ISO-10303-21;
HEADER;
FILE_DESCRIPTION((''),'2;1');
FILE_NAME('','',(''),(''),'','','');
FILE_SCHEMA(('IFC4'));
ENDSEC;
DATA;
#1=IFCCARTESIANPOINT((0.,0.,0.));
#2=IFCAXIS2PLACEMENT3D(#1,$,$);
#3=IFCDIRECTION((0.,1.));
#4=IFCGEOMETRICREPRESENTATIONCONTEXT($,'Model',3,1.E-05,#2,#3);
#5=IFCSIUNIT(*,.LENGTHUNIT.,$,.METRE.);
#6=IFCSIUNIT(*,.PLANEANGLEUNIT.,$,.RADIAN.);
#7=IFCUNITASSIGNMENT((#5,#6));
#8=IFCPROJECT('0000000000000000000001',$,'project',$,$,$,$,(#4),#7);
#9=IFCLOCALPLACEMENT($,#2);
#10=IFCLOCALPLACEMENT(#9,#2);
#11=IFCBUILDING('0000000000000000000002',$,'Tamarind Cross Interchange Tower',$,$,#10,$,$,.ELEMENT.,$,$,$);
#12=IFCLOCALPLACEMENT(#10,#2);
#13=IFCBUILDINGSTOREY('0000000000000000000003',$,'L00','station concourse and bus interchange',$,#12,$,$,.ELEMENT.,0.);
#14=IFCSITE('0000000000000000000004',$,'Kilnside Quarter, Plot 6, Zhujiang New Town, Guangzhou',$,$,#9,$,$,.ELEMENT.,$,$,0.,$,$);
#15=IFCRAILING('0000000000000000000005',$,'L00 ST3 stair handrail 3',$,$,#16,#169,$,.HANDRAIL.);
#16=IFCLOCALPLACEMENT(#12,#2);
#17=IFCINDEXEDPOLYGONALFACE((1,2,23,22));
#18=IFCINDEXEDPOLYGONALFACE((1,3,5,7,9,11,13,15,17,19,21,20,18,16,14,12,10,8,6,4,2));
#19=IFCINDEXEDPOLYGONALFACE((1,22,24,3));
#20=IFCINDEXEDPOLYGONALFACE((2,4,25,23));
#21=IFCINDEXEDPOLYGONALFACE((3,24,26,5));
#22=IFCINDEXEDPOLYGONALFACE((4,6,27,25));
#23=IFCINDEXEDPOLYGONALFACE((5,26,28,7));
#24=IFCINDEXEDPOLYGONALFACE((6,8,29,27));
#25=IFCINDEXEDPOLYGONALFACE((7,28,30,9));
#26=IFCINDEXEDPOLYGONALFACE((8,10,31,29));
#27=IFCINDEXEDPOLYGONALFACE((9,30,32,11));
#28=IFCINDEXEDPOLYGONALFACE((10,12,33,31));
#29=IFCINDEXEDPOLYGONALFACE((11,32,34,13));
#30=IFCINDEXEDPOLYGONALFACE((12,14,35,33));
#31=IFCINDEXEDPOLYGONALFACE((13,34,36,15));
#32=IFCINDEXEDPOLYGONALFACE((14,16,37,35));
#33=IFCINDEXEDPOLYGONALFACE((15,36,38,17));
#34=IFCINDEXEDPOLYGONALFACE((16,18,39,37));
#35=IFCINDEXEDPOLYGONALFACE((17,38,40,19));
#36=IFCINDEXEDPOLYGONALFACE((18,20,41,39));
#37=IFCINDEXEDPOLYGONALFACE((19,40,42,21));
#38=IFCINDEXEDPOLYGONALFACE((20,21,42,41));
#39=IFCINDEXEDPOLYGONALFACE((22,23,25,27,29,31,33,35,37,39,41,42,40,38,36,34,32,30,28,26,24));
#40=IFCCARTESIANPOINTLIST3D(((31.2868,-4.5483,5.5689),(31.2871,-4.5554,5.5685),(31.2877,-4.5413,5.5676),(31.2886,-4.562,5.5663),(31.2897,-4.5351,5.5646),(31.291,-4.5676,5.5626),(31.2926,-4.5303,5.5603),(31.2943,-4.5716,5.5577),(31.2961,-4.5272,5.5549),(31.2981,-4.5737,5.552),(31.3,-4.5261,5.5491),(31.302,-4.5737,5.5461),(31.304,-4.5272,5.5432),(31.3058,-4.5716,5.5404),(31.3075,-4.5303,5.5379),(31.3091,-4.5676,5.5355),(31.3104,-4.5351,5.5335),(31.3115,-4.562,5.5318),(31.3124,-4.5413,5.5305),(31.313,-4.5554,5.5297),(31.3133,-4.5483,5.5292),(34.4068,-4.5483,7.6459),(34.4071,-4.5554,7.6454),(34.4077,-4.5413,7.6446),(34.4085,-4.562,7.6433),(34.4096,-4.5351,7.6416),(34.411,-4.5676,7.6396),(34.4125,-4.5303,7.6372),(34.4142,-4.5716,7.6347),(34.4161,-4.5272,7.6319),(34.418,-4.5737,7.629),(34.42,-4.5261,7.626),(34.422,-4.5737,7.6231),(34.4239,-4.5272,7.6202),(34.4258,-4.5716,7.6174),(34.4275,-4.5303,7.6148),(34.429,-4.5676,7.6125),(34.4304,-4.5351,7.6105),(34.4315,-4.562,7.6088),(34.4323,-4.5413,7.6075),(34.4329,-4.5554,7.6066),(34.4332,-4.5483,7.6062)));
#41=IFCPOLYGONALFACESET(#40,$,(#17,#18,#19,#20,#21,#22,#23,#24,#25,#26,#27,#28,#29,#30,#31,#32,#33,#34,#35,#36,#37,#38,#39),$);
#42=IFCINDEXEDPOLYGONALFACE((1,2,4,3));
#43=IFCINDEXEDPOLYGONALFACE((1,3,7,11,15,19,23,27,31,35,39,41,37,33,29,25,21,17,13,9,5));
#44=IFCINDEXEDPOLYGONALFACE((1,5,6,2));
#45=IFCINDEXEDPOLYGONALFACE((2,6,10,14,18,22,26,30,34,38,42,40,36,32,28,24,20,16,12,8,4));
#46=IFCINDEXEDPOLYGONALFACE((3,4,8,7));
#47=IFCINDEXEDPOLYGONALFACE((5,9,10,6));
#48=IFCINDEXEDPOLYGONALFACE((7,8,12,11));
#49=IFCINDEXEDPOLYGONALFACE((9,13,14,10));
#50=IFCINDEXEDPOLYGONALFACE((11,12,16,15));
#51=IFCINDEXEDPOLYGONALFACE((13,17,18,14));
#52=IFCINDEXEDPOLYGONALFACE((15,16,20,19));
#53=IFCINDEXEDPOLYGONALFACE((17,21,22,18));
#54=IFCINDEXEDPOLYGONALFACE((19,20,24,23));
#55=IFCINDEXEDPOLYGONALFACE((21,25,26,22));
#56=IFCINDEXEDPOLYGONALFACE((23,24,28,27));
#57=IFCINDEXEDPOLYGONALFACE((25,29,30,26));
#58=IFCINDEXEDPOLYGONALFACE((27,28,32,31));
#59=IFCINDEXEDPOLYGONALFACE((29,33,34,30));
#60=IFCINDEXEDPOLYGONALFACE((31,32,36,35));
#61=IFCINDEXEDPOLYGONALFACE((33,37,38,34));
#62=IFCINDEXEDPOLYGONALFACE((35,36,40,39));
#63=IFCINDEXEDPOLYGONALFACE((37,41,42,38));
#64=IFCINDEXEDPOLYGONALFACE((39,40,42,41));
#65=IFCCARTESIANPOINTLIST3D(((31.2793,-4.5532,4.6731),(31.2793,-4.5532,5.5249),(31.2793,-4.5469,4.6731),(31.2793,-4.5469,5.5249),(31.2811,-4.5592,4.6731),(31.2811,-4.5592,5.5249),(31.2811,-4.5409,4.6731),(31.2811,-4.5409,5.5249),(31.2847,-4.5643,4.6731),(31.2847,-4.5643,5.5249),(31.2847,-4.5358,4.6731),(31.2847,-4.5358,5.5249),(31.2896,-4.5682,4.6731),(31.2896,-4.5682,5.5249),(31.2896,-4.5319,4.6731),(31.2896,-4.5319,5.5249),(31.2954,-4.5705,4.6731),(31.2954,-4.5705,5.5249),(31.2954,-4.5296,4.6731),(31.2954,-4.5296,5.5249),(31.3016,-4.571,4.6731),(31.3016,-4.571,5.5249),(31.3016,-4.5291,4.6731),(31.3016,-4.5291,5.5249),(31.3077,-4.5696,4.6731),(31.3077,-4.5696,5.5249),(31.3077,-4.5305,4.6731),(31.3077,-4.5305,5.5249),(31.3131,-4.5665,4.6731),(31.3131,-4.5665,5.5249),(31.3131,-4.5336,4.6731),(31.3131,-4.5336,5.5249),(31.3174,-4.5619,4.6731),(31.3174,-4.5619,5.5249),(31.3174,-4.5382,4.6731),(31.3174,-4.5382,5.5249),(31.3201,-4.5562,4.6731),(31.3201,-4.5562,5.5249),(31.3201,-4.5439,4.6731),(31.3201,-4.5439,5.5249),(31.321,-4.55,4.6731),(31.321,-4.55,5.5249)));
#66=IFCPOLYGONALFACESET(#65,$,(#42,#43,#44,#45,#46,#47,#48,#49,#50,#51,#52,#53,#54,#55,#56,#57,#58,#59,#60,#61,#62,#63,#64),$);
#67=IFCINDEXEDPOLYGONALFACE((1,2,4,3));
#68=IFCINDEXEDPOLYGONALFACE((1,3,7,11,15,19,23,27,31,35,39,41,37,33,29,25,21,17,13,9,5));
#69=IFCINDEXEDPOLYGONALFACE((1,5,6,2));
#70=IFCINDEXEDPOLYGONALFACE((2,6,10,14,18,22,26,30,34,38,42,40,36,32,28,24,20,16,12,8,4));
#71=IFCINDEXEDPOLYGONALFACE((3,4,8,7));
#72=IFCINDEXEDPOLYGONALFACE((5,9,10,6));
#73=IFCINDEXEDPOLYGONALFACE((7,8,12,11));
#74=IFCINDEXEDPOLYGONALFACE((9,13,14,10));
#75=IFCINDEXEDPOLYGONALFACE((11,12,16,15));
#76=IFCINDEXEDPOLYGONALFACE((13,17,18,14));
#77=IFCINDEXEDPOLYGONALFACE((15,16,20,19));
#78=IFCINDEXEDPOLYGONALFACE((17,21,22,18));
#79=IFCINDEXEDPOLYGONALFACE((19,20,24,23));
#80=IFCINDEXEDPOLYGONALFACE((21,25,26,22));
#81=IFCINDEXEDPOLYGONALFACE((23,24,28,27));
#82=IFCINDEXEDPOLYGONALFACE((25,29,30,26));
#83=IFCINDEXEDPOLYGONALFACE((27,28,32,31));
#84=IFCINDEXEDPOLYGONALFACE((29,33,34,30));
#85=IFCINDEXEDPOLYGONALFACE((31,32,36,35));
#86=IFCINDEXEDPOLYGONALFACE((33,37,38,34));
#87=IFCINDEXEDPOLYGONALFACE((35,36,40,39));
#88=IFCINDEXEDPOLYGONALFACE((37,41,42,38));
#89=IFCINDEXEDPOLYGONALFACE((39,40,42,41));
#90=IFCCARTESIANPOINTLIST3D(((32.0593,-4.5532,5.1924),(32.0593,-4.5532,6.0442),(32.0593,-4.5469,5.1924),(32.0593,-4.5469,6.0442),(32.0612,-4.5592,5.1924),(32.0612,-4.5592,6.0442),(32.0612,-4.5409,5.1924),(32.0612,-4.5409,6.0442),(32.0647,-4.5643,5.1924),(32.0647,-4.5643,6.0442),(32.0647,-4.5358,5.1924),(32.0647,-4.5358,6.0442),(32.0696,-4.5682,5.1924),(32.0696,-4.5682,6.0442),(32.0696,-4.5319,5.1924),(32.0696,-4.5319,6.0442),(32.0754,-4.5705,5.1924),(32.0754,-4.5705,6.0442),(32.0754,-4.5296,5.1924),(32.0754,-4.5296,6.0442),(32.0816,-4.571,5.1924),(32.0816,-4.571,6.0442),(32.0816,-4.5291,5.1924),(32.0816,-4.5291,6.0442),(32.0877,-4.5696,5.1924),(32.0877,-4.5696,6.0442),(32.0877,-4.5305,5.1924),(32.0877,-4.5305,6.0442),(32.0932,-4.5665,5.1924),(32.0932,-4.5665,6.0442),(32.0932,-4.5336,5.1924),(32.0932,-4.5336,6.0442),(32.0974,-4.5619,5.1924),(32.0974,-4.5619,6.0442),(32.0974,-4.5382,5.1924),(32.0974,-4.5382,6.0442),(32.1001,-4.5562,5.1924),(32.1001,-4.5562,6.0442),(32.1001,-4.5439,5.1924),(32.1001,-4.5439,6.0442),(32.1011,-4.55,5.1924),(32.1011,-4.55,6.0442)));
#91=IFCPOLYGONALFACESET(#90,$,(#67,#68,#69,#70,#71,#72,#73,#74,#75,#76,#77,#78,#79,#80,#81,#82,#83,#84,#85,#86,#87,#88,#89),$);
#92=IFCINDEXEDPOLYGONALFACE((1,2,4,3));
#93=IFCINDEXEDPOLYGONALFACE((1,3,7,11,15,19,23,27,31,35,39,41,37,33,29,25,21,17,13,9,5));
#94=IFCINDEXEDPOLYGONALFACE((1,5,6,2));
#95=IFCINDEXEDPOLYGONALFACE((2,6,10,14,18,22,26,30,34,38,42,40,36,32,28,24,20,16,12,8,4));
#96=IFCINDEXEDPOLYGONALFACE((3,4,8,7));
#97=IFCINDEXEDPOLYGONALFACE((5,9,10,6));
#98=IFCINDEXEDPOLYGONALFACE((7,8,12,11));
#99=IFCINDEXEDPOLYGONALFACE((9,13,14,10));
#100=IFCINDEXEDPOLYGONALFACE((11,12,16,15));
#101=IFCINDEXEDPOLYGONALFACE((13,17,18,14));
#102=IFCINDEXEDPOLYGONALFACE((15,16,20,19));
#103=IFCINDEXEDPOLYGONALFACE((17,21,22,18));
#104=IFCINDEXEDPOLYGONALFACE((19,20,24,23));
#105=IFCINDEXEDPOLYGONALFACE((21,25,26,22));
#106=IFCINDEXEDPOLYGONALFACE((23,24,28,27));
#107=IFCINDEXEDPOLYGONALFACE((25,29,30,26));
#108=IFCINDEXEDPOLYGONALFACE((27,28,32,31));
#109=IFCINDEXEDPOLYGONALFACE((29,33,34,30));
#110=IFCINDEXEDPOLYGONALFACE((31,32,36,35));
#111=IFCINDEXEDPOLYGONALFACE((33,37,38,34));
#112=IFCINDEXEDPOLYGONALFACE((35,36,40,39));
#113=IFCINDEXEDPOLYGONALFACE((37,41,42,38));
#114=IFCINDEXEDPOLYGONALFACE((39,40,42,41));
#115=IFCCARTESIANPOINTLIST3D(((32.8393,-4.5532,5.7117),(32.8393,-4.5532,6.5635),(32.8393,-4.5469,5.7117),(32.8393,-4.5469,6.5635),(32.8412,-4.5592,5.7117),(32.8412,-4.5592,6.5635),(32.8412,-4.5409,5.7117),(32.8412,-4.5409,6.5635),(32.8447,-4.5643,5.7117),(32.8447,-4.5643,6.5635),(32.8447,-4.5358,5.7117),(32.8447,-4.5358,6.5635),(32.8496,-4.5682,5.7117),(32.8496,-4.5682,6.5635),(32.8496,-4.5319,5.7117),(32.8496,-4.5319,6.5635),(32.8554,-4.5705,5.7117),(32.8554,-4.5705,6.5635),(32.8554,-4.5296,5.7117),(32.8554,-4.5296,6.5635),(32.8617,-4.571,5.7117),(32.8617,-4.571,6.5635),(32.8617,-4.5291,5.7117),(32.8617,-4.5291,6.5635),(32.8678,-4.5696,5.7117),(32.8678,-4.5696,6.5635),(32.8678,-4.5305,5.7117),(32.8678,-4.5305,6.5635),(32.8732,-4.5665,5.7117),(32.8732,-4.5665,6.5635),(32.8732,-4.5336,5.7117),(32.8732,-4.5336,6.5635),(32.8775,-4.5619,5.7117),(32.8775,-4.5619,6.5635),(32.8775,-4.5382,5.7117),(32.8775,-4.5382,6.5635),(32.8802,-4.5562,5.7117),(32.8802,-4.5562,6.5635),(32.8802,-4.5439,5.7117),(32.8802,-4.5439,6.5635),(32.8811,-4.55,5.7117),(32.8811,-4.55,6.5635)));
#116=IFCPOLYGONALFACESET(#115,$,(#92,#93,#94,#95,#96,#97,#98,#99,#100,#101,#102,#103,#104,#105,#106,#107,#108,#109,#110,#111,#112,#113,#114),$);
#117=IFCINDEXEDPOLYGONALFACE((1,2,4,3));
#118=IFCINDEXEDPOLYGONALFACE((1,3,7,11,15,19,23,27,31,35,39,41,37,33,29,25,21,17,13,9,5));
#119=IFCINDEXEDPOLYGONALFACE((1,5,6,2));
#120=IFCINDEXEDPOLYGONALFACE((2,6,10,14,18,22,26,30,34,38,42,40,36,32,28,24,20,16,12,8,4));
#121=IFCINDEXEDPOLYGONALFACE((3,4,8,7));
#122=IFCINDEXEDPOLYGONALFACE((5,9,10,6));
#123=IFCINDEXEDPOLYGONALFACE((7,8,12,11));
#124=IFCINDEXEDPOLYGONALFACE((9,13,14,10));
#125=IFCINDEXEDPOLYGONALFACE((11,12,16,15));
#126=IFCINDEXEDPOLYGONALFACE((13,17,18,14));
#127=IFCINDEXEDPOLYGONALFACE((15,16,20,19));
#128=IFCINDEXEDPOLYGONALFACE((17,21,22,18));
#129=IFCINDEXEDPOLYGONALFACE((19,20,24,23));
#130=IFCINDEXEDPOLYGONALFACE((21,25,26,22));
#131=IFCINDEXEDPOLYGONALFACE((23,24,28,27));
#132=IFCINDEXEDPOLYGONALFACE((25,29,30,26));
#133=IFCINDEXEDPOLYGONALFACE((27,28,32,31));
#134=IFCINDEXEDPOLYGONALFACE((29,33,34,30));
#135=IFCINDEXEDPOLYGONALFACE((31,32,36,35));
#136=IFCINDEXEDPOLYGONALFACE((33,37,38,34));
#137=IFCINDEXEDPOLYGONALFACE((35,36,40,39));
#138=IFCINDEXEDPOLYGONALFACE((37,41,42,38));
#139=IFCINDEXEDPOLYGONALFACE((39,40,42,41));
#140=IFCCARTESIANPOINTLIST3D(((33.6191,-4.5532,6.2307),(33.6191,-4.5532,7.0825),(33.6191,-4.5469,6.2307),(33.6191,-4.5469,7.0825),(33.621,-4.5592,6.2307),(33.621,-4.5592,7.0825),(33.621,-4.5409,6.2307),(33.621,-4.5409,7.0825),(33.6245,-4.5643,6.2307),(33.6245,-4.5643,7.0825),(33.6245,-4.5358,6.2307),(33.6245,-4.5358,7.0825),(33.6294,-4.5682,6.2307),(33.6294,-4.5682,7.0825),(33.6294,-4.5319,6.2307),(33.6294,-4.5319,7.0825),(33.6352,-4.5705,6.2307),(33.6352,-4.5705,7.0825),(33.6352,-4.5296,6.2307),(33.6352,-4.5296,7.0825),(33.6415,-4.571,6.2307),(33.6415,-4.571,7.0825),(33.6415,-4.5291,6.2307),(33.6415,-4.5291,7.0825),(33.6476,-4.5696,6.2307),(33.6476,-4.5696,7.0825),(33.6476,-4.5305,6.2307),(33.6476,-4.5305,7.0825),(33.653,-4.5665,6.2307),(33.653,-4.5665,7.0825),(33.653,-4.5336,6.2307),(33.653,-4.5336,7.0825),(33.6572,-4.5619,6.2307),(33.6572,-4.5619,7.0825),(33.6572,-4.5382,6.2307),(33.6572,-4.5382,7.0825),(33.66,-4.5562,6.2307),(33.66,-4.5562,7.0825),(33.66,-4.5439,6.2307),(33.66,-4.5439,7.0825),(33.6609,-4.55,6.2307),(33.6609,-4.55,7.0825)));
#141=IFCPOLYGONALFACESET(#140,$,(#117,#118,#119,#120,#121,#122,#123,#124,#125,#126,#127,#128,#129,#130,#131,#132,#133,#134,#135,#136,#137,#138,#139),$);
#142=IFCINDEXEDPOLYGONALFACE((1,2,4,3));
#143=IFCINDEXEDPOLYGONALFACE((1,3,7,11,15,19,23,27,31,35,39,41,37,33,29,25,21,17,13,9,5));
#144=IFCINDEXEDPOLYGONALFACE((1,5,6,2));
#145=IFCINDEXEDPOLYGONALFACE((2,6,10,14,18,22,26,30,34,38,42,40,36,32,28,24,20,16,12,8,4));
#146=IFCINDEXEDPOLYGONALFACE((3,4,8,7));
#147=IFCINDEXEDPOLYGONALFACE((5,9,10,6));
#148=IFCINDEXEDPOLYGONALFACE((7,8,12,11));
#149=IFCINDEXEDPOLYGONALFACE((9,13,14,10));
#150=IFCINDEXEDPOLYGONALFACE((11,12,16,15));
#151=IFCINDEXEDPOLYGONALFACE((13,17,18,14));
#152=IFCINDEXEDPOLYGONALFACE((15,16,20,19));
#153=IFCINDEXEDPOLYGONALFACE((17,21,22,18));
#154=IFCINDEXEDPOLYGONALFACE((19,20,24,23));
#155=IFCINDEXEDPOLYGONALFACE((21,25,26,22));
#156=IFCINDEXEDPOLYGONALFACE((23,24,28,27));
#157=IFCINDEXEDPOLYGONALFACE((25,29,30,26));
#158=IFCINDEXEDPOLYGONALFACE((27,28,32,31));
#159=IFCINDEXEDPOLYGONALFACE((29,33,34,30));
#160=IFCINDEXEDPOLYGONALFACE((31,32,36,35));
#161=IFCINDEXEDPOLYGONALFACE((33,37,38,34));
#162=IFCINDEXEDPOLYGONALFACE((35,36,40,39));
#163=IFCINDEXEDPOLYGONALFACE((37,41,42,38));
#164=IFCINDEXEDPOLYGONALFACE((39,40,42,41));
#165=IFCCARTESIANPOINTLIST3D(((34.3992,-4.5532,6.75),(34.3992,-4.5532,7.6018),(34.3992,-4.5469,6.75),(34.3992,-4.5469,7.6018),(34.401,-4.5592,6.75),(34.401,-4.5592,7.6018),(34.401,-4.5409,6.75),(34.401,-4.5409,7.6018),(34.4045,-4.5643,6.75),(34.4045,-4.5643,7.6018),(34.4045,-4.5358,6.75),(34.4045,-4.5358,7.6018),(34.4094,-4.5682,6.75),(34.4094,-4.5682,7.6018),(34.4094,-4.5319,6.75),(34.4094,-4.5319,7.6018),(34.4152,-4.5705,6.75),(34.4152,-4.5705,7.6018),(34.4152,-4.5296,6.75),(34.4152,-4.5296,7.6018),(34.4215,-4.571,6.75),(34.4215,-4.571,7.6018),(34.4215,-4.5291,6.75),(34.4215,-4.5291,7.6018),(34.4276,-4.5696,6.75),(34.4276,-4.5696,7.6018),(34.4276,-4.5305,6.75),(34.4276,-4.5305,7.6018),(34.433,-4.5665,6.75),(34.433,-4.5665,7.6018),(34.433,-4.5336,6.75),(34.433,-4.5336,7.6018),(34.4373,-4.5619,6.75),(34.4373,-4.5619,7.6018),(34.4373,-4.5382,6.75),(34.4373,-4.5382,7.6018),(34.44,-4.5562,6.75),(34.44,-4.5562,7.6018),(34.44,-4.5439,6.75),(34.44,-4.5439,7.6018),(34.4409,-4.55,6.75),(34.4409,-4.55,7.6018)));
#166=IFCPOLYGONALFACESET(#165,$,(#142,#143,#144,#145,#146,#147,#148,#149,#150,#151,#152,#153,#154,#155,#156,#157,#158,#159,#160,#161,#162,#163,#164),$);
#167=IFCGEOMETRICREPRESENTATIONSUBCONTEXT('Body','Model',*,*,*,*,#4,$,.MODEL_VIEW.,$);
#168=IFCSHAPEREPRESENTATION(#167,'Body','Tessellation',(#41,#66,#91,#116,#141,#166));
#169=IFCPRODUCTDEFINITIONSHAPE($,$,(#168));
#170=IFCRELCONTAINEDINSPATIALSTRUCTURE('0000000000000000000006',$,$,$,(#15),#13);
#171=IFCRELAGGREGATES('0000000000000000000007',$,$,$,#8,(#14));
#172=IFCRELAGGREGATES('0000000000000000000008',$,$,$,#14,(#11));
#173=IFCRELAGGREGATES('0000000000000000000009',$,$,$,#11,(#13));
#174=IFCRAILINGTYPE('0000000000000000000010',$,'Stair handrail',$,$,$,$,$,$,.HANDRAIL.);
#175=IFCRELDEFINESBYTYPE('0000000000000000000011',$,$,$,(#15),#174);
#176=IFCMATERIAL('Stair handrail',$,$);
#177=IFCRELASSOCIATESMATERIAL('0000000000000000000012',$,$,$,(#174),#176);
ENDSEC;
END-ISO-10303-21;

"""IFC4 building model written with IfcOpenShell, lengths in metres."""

from ifc_helpers import new_model, si_unit, direction, frame, origin, origin_2d, place, context, subcontext, project, spatial, circle, extrude, material, type_object, element, save


model = new_model("IFC4")

# Units and contexts
model_context = context("Model", 3, precision=1e-05, world=origin(), true_north=direction((0.0, 1.0)))
body_context = subcontext(model_context, "Body", "Model", "MODEL_VIEW")
ifc_project = project(units=[si_unit("LENGTHUNIT", "METRE"), si_unit("PLANEANGLEUNIT", "RADIAN")], contexts=[model_context])

# Site, building, storey
site_placement = place(None, origin())
site = spatial("IfcSite", under=ifc_project, at=site_placement, Name="Kilnside Quarter, Plot 6, Zhujiang New Town, Guangzhou", CompositionType="ELEMENT", RefElevation=0.0)
building_placement = place(site_placement, origin())
building = spatial("IfcBuilding", under=site, at=building_placement, Name="Tamarind Cross Interchange Tower", CompositionType="ELEMENT")
storey_placement = place(building_placement, origin())
storey = spatial("IfcBuildingStorey", under=building, at=storey_placement, Name="L00", Description="station concourse and bus interchange", CompositionType="ELEMENT", Elevation=0.0)

# Railing
ifc_material_1 = material(Name="Stair handrail")
railing_type_1 = type_object("IfcRailingType", Name="Stair handrail", PredefinedType="HANDRAIL", material=ifc_material_1)
for number, where, name in (
    (1, (31.3, -4.55, 4.6731), "L00 ST3 stair handrail 3"),
):
    element("IfcRailing", number, at=place(storey_placement, frame(where)), inside=storey, type_object=railing_type_1, Name=name, PredefinedType="HANDRAIL", context=body_context, shape_type="SweptSolid", body=[
        extrude(circle(Radius=0.0239, at=origin_2d()), frame((0.0, 0.0, 0.876), z_axis=(0.832421, 0.0, 0.554144), x_axis=(0.0, 1.0, 0.0)), (0.0, 0.0, 1.0), 3.748),
        extrude(circle(Radius=0.021, at=origin_2d()), origin(), (0.0, 0.0, 1.0), 0.8518),
        extrude(circle(Radius=0.021, at=origin_2d()), frame((0.78, 0.0, 0.5193)), (0.0, 0.0, 1.0), 0.8518),
        extrude(circle(Radius=0.021, at=origin_2d()), frame((1.5601, 0.0, 1.0386)), (0.0, 0.0, 1.0), 0.8518),
        extrude(circle(Radius=0.021, at=origin_2d()), frame((2.3398, 0.0, 1.5576)), (0.0, 0.0, 1.0), 0.8518),
        extrude(circle(Radius=0.021, at=origin_2d()), frame((3.1199, 0.0, 2.0769)), (0.0, 0.0, 1.0), 0.8518),
    ])

save(model, "model.ifc")
